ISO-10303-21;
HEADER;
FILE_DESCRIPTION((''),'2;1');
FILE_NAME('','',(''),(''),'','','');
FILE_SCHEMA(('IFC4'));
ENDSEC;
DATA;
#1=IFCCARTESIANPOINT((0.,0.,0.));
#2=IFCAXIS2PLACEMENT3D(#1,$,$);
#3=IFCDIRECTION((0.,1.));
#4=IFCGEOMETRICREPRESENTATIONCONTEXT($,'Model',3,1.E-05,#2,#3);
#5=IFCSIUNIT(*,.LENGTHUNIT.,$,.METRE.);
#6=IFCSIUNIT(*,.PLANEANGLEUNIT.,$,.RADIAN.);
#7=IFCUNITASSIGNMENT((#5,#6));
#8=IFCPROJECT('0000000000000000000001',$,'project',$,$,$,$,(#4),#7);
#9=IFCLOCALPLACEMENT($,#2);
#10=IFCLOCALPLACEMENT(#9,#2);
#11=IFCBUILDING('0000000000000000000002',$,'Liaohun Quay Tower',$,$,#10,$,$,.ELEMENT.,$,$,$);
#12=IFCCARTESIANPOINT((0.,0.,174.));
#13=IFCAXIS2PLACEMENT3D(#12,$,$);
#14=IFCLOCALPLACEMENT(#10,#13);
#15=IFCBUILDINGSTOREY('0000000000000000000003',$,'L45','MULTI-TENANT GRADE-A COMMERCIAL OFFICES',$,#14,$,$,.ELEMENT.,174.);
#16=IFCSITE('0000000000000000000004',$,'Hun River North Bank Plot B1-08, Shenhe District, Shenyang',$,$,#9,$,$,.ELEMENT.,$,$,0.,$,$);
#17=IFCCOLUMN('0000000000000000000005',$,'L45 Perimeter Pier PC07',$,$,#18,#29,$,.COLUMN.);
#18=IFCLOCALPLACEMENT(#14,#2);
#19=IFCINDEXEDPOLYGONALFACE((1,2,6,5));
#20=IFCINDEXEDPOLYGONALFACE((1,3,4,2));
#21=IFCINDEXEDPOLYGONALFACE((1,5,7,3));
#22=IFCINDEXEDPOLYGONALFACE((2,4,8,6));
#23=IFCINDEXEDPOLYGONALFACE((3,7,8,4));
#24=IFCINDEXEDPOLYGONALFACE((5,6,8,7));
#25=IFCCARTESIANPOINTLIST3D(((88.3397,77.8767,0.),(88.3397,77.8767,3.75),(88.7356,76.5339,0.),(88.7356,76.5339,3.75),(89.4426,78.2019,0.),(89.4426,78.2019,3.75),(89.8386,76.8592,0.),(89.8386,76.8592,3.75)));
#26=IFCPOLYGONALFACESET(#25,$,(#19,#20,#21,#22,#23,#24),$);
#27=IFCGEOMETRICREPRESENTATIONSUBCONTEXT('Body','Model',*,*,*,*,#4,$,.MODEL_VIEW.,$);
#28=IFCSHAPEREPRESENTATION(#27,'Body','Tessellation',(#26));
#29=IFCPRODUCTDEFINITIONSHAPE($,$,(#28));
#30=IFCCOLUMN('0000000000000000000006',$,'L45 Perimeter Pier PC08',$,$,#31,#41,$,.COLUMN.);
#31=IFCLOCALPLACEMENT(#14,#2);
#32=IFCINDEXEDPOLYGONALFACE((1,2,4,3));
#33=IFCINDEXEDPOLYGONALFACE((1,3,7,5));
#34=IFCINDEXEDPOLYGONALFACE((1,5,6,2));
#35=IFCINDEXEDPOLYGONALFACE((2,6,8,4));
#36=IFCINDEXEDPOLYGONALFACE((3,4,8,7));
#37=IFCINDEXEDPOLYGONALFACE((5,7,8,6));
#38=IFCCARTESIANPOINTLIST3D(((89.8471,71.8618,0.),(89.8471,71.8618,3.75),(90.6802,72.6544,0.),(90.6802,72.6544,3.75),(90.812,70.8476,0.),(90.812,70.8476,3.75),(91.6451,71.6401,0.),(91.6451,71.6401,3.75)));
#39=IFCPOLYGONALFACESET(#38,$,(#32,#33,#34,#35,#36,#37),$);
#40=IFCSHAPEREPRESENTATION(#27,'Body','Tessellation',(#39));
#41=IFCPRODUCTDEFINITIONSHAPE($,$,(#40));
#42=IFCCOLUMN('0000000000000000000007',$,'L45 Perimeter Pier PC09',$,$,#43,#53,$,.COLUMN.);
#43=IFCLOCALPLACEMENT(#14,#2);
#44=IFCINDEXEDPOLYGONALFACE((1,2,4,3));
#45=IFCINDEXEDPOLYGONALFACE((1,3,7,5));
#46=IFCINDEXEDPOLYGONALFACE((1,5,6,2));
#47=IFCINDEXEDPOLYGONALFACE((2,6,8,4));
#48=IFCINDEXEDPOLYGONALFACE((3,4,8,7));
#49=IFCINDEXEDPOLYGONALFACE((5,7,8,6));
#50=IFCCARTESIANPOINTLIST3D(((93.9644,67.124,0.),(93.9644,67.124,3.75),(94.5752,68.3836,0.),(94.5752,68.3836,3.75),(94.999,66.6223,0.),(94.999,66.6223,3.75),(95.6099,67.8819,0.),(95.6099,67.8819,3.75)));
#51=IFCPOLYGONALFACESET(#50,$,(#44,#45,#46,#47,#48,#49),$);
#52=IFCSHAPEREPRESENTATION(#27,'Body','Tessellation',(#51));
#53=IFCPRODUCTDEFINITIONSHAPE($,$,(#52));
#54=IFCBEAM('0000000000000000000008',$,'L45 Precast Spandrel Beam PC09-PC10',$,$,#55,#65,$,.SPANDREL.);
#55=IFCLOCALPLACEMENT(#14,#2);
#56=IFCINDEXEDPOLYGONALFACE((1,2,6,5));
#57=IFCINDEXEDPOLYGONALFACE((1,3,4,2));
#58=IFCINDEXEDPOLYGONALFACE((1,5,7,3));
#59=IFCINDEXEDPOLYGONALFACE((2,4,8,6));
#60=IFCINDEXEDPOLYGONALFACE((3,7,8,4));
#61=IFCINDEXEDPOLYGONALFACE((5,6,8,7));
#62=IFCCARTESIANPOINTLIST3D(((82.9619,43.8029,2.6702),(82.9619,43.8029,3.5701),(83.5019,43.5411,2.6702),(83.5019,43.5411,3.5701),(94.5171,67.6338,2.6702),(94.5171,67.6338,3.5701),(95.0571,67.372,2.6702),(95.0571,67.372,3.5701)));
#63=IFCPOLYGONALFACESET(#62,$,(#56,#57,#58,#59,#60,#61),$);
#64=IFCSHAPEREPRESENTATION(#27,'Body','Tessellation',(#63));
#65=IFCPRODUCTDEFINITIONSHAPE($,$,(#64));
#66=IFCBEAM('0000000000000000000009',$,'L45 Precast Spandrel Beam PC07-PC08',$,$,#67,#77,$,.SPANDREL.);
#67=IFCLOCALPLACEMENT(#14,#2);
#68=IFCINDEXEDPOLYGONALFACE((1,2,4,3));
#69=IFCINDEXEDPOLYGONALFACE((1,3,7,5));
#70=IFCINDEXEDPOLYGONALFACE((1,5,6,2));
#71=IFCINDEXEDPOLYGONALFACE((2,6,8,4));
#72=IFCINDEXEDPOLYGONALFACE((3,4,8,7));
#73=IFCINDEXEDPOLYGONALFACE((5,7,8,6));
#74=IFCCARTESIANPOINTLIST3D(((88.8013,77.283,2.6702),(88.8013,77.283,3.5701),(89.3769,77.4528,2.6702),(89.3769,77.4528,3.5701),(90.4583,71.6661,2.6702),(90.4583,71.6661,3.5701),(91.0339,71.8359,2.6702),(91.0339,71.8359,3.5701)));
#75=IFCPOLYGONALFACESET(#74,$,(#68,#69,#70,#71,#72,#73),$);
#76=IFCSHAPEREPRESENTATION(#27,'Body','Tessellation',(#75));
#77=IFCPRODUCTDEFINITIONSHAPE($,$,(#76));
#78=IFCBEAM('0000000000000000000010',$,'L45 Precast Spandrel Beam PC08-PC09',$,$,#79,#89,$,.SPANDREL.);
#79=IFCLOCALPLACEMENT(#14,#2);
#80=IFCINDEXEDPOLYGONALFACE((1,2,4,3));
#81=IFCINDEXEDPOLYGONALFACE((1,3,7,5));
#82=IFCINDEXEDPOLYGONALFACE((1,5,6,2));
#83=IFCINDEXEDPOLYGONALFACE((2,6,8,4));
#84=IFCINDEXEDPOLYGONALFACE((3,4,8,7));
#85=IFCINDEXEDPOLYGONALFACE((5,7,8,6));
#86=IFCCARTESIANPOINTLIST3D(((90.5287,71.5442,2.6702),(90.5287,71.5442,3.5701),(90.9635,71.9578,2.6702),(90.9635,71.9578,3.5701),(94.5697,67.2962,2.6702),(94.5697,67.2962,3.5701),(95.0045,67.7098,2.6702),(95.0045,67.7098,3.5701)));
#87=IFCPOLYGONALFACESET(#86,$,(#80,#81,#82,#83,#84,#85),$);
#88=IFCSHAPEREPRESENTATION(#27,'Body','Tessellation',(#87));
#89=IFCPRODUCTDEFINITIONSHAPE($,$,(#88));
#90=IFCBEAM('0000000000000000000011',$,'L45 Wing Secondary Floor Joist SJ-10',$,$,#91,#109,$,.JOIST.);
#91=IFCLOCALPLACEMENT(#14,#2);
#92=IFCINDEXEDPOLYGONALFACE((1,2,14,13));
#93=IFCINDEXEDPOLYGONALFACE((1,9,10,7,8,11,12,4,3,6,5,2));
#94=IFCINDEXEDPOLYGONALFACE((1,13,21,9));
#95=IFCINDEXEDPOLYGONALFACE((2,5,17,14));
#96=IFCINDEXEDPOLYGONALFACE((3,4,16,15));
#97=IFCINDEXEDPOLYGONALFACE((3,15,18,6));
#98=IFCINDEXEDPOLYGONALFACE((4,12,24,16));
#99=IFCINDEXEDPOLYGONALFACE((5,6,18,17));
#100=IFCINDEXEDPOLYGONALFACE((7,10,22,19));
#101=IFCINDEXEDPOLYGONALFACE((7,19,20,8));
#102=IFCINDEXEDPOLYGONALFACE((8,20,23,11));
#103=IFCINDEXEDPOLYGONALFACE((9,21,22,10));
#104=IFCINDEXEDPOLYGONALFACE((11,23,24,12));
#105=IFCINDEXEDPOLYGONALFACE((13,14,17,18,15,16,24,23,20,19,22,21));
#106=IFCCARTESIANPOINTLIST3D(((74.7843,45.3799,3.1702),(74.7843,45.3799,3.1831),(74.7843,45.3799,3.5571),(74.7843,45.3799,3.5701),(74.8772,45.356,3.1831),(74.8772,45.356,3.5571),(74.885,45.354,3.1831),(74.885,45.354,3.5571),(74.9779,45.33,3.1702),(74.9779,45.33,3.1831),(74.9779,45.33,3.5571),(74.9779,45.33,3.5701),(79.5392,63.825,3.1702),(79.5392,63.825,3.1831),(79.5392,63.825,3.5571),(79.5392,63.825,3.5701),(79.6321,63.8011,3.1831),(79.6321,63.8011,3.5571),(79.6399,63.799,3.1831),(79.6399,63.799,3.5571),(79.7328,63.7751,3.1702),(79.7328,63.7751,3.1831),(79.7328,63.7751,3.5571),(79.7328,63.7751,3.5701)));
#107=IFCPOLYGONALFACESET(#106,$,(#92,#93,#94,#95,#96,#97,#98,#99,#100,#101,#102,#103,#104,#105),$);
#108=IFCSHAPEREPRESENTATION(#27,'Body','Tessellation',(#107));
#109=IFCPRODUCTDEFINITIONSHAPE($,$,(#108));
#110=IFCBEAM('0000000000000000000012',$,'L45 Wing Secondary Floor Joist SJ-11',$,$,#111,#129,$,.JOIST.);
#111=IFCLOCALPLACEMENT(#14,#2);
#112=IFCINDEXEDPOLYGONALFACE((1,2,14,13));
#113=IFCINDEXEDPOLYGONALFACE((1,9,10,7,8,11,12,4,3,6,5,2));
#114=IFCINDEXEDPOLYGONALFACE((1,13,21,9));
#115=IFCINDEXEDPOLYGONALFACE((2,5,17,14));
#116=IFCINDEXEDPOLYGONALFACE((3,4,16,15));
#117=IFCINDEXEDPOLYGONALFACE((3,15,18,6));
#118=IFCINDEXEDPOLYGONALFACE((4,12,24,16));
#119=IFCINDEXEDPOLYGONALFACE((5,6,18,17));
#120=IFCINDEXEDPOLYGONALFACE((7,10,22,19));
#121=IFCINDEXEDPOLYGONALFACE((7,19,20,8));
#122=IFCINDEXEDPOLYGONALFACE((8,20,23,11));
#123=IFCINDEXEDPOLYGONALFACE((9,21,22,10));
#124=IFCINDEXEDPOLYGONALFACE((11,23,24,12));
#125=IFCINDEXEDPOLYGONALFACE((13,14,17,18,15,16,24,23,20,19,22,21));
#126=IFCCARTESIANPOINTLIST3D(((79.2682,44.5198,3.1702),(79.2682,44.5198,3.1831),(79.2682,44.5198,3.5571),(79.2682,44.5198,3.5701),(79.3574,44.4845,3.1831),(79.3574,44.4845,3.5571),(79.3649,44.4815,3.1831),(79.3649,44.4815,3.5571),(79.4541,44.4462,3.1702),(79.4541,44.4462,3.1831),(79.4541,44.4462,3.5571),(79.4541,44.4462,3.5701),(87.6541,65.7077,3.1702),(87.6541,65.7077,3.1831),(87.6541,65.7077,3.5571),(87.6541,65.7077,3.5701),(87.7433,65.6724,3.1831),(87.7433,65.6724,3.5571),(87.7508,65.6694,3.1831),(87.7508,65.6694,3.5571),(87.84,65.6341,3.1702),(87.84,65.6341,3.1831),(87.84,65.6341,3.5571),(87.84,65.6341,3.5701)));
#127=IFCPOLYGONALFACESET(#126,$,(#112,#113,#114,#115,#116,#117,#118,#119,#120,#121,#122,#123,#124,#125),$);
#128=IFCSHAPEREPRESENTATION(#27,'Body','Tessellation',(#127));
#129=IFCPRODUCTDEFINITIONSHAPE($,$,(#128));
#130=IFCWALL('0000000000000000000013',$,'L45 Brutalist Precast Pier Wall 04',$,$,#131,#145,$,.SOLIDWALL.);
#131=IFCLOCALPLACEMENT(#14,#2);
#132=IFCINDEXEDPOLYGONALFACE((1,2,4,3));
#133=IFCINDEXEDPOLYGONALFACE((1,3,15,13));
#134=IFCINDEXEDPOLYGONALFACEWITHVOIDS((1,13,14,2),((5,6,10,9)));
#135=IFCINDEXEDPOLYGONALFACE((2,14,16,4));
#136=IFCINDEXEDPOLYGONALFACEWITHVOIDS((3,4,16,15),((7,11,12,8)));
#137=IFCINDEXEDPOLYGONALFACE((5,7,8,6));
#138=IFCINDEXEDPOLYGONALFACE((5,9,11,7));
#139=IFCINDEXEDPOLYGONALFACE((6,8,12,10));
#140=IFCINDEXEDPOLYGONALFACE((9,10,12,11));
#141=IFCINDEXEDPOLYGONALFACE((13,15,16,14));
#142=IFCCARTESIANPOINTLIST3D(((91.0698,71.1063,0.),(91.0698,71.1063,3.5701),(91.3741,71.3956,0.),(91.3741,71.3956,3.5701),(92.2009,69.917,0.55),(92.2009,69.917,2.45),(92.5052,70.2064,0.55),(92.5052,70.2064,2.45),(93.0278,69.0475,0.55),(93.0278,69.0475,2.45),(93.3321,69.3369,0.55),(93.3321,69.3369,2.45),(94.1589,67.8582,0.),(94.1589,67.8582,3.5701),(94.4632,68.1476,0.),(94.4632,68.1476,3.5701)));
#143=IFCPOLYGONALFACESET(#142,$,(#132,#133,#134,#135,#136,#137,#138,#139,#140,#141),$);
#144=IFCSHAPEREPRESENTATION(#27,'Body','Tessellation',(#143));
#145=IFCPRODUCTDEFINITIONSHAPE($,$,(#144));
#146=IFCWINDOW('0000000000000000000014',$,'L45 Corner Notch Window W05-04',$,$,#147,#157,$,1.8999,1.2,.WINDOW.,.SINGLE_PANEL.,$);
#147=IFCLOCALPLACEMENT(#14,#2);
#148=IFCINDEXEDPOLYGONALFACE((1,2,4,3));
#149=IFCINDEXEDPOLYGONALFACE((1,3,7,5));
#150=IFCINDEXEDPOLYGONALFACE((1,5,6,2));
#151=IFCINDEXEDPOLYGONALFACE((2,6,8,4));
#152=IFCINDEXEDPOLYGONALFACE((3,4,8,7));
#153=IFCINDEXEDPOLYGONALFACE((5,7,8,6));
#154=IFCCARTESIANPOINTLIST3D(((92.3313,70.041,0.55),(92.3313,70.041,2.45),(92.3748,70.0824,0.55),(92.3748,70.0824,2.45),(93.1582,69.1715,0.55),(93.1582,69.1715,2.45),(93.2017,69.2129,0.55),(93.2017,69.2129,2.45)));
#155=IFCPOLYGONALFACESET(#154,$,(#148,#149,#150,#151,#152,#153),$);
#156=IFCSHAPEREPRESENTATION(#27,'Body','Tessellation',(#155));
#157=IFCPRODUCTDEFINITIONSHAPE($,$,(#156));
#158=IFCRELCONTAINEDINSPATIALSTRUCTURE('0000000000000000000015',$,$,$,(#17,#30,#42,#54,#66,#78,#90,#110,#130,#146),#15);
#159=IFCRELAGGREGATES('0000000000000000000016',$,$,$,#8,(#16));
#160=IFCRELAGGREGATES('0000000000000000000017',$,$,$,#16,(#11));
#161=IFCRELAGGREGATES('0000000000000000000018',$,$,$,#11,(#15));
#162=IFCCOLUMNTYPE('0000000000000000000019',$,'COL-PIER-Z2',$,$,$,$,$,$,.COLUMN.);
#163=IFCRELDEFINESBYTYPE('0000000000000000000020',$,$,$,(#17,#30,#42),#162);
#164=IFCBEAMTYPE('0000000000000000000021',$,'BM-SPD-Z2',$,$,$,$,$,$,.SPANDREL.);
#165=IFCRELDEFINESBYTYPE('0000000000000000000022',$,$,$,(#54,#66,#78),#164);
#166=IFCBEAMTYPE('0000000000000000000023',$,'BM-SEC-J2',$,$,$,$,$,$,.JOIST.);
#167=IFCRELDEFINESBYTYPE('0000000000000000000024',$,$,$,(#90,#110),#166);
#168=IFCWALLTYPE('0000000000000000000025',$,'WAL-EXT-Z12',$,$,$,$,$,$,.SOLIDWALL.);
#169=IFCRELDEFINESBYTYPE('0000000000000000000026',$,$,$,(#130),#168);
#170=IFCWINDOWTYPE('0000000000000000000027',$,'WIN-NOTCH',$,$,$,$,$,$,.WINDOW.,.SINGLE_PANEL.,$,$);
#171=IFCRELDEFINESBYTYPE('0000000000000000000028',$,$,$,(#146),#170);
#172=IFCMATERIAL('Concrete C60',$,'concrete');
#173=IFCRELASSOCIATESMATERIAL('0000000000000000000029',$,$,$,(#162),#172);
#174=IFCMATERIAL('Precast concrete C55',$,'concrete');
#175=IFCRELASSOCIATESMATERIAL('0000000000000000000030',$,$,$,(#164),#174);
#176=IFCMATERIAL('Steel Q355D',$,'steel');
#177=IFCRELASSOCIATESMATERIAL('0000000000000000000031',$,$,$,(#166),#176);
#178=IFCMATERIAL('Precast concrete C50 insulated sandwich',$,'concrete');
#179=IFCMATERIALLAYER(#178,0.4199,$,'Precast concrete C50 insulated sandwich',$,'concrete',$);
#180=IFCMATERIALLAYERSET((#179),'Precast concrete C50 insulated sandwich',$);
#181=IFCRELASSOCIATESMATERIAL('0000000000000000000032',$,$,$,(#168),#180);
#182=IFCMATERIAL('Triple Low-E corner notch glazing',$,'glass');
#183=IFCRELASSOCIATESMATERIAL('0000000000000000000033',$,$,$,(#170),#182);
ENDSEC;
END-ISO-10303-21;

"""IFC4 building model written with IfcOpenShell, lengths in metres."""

from ifc_helpers import new_model, si_unit, direction, frame, frame_2d, origin, origin_2d, place, context, subcontext, project, spatial, rectangle, i_section, extrude, source, transform, mapped, material, layer, layer_set, material_profile, profile_set, type_object, element, fill, save


model = new_model("IFC4")

# Units and contexts
model_context = context("Model", 3, precision=1e-05, world=origin(), true_north=direction((0.0, 1.0)))
body_context = subcontext(model_context, "Body", "Model", "MODEL_VIEW")
ifc_project = project(units=[si_unit("LENGTHUNIT", "METRE"), si_unit("PLANEANGLEUNIT", "RADIAN")], contexts=[model_context])

# Site, building, storey
site_placement = place(None, origin())
site = spatial("IfcSite", under=ifc_project, at=site_placement, Name="Hun River North Bank Plot B1-08, Shenhe District, Shenyang", CompositionType="ELEMENT", RefElevation=0.0)
building_placement = place(site_placement, origin())
building = spatial("IfcBuilding", under=site, at=building_placement, Name="Liaohun Quay Tower", CompositionType="ELEMENT")
storey_placement = place(building_placement, frame((0.0, 0.0, 174.0)))
storey = spatial("IfcBuildingStorey", under=building, at=storey_placement, Name="L45", Description="MULTI-TENANT GRADE-A COMMERCIAL OFFICES", CompositionType="ELEMENT", Elevation=174.0)

# Columns
ifc_material_1 = material(Name="Concrete C60", Category="concrete")
ifc_material_profile_1 = material_profile(ifc_material_1, rectangle(XDim=1.3999, YDim=1.1499, at=origin_2d()), Name="RC1400x1150")
ifc_profile_set_1 = profile_set([ifc_material_profile_1], Name="Concrete C60")
column_type = type_object("IfcColumnType", Name="COL-PIER-Z2", PredefinedType="COLUMN", material=ifc_profile_set_1)
shared_shape_1 = source(origin(), body_context, "Body", "SweptSolid", [
    extrude(rectangle(XDim=1.3999, YDim=1.1499, at=origin_2d()), origin(), (0.0, 0.0, 1.0), 3.75),
])
for number, where, z_axis, x_axis, name in (
    (1, (89.0891, 77.3679, 0.0), (0.0, 0.0, 1.0), (-0.282844, 0.959166, 0.0), "L45 Perimeter Pier PC07"),
    (2, (90.7461, 71.751, 0.0), (0.0, 0.0, 1.0), (-0.68924, 0.724533, 0.0), "L45 Perimeter Pier PC08"),
    (3, (94.7871, 67.5029, 0.0), (0.0, 0.0, 1.0), (0.436331, 0.899786, 0.0), "L45 Perimeter Pier PC09"),
):
    element("IfcColumn", number, at=place(storey_placement, frame(where, z_axis=z_axis, x_axis=x_axis)), inside=storey, type_object=column_type, Name=name, PredefinedType="COLUMN", context=body_context, shape_type="MappedRepresentation", body=[
        mapped(shared_shape_1, transform((0.0, 0.0, 0.0), x_axis=(1.0, 0.0, 0.0), y_axis=(0.0, 1.0, 0.0), z_axis=(0.0, 0.0, 1.0), scale=1.0)),
    ])

# Beams
ifc_material_2 = material(Name="Precast concrete C55", Category="concrete")
ifc_material_profile_2 = material_profile(ifc_material_2, rectangle(XDim=0.6001, YDim=0.8999, at=origin_2d()), Name="RC600x900")
ifc_profile_set_2 = profile_set([ifc_material_profile_2], Name="Precast concrete C55")
beam_type_1 = type_object("IfcBeamType", Name="BM-SPD-Z2", PredefinedType="SPANDREL", material=ifc_profile_set_2)
shared_shape_2 = source(origin(), body_context, "Body", "SweptSolid", [
    extrude(rectangle(XDim=0.6001, YDim=0.8999, at=origin_2d()), origin(), (0.0, 0.0, 1.0), 26.4846),
])
beam_1_placement = place(storey_placement, frame((94.7871, 67.5029, 3.1201), z_axis=(-0.436299, -0.899802, 0.0), x_axis=(0.899802, -0.436299, 0.0)))
element("IfcBeam", 4, at=beam_1_placement, inside=storey, type_object=beam_type_1, Name="L45 Precast Spandrel Beam PC09-PC10", PredefinedType="SPANDREL", context=body_context, shape_type="MappedRepresentation", body=[
    mapped(shared_shape_2, transform((0.0, 0.0, 0.0), x_axis=(1.0, 0.0, 0.0), y_axis=(0.0, 1.0, 0.0), z_axis=(0.0, 0.0, 1.0), scale=1.0)),
])
shared_shape_3 = source(origin(), body_context, "Body", "SweptSolid", [
    extrude(rectangle(XDim=0.6001, YDim=0.8999, at=origin_2d()), origin(), (0.0, 0.0, 1.0), 5.8562),
])
beam_2_placement = place(storey_placement, frame((89.0891, 77.3679, 3.1201), z_axis=(0.282943, -0.959137, 0.0), x_axis=(0.959137, 0.282943, 0.0)))
element("IfcBeam", 5, at=beam_2_placement, inside=storey, type_object=beam_type_1, Name="L45 Precast Spandrel Beam PC07-PC08", PredefinedType="SPANDREL", context=body_context, shape_type="MappedRepresentation", body=[
    mapped(shared_shape_3, transform((0.0, 0.0, 0.0), x_axis=(1.0, 0.0, 0.0), y_axis=(0.0, 1.0, 0.0), z_axis=(0.0, 0.0, 1.0), scale=1.0)),
])
shared_shape_4 = source(origin(), body_context, "Body", "SweptSolid", [
    extrude(rectangle(XDim=0.6001, YDim=0.8999, at=origin_2d()), origin(), (0.0, 0.0, 1.0), 5.863),
])
beam_3_placement = place(storey_placement, frame((90.7461, 71.751, 3.1201), z_axis=(0.689231, -0.724542, 0.0), x_axis=(0.724542, 0.689231, 0.0)))
element("IfcBeam", 6, at=beam_3_placement, inside=storey, type_object=beam_type_1, Name="L45 Precast Spandrel Beam PC08-PC09", PredefinedType="SPANDREL", context=body_context, shape_type="MappedRepresentation", body=[
    mapped(shared_shape_4, transform((0.0, 0.0, 0.0), x_axis=(1.0, 0.0, 0.0), y_axis=(0.0, 1.0, 0.0), z_axis=(0.0, 0.0, 1.0), scale=1.0)),
])
ifc_material_3 = material(Name="Steel Q355D", Category="steel")
ifc_material_profile_3 = material_profile(ifc_material_3, i_section(OverallWidth=0.2, OverallDepth=0.3999, WebThickness=0.0081, FlangeThickness=0.0129, at=origin_2d()), Name="HN400x200x8x13")
ifc_profile_set_3 = profile_set([ifc_material_profile_3], Name="Steel Q355D")
beam_type_2 = type_object("IfcBeamType", Name="BM-SEC-J2", PredefinedType="JOIST", material=ifc_profile_set_3)
shared_shape_5 = source(origin(), body_context, "Body", "SweptSolid", [
    extrude(i_section(OverallWidth=0.2, OverallDepth=0.3999, WebThickness=0.0081, FlangeThickness=0.0129, at=origin_2d()), origin(), (0.0, 0.0, 1.0), 19.0481),
])
beam_4_placement = place(storey_placement, frame((79.636, 63.8, 3.3701), z_axis=(-0.249625, -0.968343, 0.0), x_axis=(0.968343, -0.249625, 0.0)))
element("IfcBeam", 7, at=beam_4_placement, inside=storey, type_object=beam_type_2, Name="L45 Wing Secondary Floor Joist SJ-10", PredefinedType="JOIST", context=body_context, shape_type="MappedRepresentation", body=[
    mapped(shared_shape_5, transform((0.0, 0.0, 0.0), x_axis=(1.0, 0.0, 0.0), y_axis=(0.0, 1.0, 0.0), z_axis=(0.0, 0.0, 1.0), scale=1.0)),
])
shared_shape_6 = source(origin(), body_context, "Body", "SweptSolid", [
    extrude(i_section(OverallWidth=0.2, OverallDepth=0.3999, WebThickness=0.0081, FlangeThickness=0.0129, at=origin_2d()), origin(), (0.0, 0.0, 1.0), 22.7871),
])
beam_5_placement = place(storey_placement, frame((87.7471, 65.6709, 3.3701), z_axis=(-0.368013, -0.929821, 0.0), x_axis=(0.929821, -0.368013, 0.0)))
element("IfcBeam", 8, at=beam_5_placement, inside=storey, type_object=beam_type_2, Name="L45 Wing Secondary Floor Joist SJ-11", PredefinedType="JOIST", context=body_context, shape_type="MappedRepresentation", body=[
    mapped(shared_shape_6, transform((0.0, 0.0, 0.0), x_axis=(1.0, 0.0, 0.0), y_axis=(0.0, 1.0, 0.0), z_axis=(0.0, 0.0, 1.0), scale=1.0)),
])

# Wall, opening, window
ifc_material_4 = material(Name="Precast concrete C50 insulated sandwich", Category="concrete")
ifc_layer_1 = layer(ifc_material_4, 0.4199, Name="Precast concrete C50 insulated sandwich", Category="concrete")
ifc_layer_set_1 = layer_set([ifc_layer_1], Name="Precast concrete C50 insulated sandwich")
wall_type_1 = type_object("IfcWallType", Name="WAL-EXT-Z12", PredefinedType="SOLIDWALL", material=ifc_layer_set_1)
wall_1_placement = place(storey_placement, frame((94.311, 68.0029, 0.0), z_axis=(0.0, 0.0, 1.0), x_axis=(-0.689156, 0.724613, 0.0)))
wall_1 = element("IfcWall", 9, at=wall_1_placement, inside=storey, type_object=wall_type_1, Name="L45 Brutalist Precast Pier Wall 04", PredefinedType="SOLIDWALL", context=body_context, shape_type="SweptSolid", body=[
    extrude(rectangle(XDim=4.4824, YDim=0.4199, at=frame_2d((2.2412, 0.0))), origin(), (0.0, 0.0, 1.0), 3.5701),
])
shared_shape_7 = source(origin(), body_context, "Body", "SweptSolid", [
    extrude(rectangle(XDim=1.2, YDim=1.8999, at=frame_2d((0.6001, 0.95))), frame((0.0, 0.22, 0.0), z_axis=(0.0, -1.0, 0.0), x_axis=(1.0, 0.0, 0.0)), (0.0, 0.0, 1.0), 0.4399),
])
opening_1_placement = place(wall_1_placement, frame((1.6411, 0.0, 0.55)))
opening_1 = element("IfcOpeningElement", 10, at=opening_1_placement, cuts=wall_1, PredefinedType="OPENING", context=body_context, shape_type="MappedRepresentation", body=[
    mapped(shared_shape_7, transform((0.0, 0.0, 0.0), x_axis=(1.0, 0.0, 0.0), y_axis=(0.0, 1.0, 0.0), z_axis=(0.0, 0.0, 1.0), scale=1.0)),
])
ifc_material_5 = material(Name="Triple Low-E corner notch glazing", Category="glass")
window_type_1 = type_object("IfcWindowType", Name="WIN-NOTCH", PartitioningType="SINGLE_PANEL", PredefinedType="WINDOW", material=ifc_material_5)
shared_shape_8 = source(origin(), body_context, "Body", "SweptSolid", [
    extrude(rectangle(XDim=1.2, YDim=1.8999, at=frame_2d((0.6001, 0.95))), frame((0.0, 0.03, 0.0), z_axis=(0.0, -1.0, 0.0), x_axis=(1.0, 0.0, 0.0)), (0.0, 0.0, 1.0), 0.0601),
])
window_1_placement = place(opening_1_placement, origin())
window_1 = element("IfcWindow", 11, at=window_1_placement, inside=storey, type_object=window_type_1, Name="L45 Corner Notch Window W05-04", OverallHeight=1.8999, OverallWidth=1.2, PartitioningType="SINGLE_PANEL", PredefinedType="WINDOW", context=body_context, shape_type="MappedRepresentation", body=[
    mapped(shared_shape_8, transform((0.0, 0.0, 0.0), x_axis=(1.0, 0.0, 0.0), y_axis=(0.0, 1.0, 0.0), z_axis=(0.0, 0.0, 1.0), scale=1.0)),
])
fill(opening_1, window_1)

save(model, "model.ifc")
